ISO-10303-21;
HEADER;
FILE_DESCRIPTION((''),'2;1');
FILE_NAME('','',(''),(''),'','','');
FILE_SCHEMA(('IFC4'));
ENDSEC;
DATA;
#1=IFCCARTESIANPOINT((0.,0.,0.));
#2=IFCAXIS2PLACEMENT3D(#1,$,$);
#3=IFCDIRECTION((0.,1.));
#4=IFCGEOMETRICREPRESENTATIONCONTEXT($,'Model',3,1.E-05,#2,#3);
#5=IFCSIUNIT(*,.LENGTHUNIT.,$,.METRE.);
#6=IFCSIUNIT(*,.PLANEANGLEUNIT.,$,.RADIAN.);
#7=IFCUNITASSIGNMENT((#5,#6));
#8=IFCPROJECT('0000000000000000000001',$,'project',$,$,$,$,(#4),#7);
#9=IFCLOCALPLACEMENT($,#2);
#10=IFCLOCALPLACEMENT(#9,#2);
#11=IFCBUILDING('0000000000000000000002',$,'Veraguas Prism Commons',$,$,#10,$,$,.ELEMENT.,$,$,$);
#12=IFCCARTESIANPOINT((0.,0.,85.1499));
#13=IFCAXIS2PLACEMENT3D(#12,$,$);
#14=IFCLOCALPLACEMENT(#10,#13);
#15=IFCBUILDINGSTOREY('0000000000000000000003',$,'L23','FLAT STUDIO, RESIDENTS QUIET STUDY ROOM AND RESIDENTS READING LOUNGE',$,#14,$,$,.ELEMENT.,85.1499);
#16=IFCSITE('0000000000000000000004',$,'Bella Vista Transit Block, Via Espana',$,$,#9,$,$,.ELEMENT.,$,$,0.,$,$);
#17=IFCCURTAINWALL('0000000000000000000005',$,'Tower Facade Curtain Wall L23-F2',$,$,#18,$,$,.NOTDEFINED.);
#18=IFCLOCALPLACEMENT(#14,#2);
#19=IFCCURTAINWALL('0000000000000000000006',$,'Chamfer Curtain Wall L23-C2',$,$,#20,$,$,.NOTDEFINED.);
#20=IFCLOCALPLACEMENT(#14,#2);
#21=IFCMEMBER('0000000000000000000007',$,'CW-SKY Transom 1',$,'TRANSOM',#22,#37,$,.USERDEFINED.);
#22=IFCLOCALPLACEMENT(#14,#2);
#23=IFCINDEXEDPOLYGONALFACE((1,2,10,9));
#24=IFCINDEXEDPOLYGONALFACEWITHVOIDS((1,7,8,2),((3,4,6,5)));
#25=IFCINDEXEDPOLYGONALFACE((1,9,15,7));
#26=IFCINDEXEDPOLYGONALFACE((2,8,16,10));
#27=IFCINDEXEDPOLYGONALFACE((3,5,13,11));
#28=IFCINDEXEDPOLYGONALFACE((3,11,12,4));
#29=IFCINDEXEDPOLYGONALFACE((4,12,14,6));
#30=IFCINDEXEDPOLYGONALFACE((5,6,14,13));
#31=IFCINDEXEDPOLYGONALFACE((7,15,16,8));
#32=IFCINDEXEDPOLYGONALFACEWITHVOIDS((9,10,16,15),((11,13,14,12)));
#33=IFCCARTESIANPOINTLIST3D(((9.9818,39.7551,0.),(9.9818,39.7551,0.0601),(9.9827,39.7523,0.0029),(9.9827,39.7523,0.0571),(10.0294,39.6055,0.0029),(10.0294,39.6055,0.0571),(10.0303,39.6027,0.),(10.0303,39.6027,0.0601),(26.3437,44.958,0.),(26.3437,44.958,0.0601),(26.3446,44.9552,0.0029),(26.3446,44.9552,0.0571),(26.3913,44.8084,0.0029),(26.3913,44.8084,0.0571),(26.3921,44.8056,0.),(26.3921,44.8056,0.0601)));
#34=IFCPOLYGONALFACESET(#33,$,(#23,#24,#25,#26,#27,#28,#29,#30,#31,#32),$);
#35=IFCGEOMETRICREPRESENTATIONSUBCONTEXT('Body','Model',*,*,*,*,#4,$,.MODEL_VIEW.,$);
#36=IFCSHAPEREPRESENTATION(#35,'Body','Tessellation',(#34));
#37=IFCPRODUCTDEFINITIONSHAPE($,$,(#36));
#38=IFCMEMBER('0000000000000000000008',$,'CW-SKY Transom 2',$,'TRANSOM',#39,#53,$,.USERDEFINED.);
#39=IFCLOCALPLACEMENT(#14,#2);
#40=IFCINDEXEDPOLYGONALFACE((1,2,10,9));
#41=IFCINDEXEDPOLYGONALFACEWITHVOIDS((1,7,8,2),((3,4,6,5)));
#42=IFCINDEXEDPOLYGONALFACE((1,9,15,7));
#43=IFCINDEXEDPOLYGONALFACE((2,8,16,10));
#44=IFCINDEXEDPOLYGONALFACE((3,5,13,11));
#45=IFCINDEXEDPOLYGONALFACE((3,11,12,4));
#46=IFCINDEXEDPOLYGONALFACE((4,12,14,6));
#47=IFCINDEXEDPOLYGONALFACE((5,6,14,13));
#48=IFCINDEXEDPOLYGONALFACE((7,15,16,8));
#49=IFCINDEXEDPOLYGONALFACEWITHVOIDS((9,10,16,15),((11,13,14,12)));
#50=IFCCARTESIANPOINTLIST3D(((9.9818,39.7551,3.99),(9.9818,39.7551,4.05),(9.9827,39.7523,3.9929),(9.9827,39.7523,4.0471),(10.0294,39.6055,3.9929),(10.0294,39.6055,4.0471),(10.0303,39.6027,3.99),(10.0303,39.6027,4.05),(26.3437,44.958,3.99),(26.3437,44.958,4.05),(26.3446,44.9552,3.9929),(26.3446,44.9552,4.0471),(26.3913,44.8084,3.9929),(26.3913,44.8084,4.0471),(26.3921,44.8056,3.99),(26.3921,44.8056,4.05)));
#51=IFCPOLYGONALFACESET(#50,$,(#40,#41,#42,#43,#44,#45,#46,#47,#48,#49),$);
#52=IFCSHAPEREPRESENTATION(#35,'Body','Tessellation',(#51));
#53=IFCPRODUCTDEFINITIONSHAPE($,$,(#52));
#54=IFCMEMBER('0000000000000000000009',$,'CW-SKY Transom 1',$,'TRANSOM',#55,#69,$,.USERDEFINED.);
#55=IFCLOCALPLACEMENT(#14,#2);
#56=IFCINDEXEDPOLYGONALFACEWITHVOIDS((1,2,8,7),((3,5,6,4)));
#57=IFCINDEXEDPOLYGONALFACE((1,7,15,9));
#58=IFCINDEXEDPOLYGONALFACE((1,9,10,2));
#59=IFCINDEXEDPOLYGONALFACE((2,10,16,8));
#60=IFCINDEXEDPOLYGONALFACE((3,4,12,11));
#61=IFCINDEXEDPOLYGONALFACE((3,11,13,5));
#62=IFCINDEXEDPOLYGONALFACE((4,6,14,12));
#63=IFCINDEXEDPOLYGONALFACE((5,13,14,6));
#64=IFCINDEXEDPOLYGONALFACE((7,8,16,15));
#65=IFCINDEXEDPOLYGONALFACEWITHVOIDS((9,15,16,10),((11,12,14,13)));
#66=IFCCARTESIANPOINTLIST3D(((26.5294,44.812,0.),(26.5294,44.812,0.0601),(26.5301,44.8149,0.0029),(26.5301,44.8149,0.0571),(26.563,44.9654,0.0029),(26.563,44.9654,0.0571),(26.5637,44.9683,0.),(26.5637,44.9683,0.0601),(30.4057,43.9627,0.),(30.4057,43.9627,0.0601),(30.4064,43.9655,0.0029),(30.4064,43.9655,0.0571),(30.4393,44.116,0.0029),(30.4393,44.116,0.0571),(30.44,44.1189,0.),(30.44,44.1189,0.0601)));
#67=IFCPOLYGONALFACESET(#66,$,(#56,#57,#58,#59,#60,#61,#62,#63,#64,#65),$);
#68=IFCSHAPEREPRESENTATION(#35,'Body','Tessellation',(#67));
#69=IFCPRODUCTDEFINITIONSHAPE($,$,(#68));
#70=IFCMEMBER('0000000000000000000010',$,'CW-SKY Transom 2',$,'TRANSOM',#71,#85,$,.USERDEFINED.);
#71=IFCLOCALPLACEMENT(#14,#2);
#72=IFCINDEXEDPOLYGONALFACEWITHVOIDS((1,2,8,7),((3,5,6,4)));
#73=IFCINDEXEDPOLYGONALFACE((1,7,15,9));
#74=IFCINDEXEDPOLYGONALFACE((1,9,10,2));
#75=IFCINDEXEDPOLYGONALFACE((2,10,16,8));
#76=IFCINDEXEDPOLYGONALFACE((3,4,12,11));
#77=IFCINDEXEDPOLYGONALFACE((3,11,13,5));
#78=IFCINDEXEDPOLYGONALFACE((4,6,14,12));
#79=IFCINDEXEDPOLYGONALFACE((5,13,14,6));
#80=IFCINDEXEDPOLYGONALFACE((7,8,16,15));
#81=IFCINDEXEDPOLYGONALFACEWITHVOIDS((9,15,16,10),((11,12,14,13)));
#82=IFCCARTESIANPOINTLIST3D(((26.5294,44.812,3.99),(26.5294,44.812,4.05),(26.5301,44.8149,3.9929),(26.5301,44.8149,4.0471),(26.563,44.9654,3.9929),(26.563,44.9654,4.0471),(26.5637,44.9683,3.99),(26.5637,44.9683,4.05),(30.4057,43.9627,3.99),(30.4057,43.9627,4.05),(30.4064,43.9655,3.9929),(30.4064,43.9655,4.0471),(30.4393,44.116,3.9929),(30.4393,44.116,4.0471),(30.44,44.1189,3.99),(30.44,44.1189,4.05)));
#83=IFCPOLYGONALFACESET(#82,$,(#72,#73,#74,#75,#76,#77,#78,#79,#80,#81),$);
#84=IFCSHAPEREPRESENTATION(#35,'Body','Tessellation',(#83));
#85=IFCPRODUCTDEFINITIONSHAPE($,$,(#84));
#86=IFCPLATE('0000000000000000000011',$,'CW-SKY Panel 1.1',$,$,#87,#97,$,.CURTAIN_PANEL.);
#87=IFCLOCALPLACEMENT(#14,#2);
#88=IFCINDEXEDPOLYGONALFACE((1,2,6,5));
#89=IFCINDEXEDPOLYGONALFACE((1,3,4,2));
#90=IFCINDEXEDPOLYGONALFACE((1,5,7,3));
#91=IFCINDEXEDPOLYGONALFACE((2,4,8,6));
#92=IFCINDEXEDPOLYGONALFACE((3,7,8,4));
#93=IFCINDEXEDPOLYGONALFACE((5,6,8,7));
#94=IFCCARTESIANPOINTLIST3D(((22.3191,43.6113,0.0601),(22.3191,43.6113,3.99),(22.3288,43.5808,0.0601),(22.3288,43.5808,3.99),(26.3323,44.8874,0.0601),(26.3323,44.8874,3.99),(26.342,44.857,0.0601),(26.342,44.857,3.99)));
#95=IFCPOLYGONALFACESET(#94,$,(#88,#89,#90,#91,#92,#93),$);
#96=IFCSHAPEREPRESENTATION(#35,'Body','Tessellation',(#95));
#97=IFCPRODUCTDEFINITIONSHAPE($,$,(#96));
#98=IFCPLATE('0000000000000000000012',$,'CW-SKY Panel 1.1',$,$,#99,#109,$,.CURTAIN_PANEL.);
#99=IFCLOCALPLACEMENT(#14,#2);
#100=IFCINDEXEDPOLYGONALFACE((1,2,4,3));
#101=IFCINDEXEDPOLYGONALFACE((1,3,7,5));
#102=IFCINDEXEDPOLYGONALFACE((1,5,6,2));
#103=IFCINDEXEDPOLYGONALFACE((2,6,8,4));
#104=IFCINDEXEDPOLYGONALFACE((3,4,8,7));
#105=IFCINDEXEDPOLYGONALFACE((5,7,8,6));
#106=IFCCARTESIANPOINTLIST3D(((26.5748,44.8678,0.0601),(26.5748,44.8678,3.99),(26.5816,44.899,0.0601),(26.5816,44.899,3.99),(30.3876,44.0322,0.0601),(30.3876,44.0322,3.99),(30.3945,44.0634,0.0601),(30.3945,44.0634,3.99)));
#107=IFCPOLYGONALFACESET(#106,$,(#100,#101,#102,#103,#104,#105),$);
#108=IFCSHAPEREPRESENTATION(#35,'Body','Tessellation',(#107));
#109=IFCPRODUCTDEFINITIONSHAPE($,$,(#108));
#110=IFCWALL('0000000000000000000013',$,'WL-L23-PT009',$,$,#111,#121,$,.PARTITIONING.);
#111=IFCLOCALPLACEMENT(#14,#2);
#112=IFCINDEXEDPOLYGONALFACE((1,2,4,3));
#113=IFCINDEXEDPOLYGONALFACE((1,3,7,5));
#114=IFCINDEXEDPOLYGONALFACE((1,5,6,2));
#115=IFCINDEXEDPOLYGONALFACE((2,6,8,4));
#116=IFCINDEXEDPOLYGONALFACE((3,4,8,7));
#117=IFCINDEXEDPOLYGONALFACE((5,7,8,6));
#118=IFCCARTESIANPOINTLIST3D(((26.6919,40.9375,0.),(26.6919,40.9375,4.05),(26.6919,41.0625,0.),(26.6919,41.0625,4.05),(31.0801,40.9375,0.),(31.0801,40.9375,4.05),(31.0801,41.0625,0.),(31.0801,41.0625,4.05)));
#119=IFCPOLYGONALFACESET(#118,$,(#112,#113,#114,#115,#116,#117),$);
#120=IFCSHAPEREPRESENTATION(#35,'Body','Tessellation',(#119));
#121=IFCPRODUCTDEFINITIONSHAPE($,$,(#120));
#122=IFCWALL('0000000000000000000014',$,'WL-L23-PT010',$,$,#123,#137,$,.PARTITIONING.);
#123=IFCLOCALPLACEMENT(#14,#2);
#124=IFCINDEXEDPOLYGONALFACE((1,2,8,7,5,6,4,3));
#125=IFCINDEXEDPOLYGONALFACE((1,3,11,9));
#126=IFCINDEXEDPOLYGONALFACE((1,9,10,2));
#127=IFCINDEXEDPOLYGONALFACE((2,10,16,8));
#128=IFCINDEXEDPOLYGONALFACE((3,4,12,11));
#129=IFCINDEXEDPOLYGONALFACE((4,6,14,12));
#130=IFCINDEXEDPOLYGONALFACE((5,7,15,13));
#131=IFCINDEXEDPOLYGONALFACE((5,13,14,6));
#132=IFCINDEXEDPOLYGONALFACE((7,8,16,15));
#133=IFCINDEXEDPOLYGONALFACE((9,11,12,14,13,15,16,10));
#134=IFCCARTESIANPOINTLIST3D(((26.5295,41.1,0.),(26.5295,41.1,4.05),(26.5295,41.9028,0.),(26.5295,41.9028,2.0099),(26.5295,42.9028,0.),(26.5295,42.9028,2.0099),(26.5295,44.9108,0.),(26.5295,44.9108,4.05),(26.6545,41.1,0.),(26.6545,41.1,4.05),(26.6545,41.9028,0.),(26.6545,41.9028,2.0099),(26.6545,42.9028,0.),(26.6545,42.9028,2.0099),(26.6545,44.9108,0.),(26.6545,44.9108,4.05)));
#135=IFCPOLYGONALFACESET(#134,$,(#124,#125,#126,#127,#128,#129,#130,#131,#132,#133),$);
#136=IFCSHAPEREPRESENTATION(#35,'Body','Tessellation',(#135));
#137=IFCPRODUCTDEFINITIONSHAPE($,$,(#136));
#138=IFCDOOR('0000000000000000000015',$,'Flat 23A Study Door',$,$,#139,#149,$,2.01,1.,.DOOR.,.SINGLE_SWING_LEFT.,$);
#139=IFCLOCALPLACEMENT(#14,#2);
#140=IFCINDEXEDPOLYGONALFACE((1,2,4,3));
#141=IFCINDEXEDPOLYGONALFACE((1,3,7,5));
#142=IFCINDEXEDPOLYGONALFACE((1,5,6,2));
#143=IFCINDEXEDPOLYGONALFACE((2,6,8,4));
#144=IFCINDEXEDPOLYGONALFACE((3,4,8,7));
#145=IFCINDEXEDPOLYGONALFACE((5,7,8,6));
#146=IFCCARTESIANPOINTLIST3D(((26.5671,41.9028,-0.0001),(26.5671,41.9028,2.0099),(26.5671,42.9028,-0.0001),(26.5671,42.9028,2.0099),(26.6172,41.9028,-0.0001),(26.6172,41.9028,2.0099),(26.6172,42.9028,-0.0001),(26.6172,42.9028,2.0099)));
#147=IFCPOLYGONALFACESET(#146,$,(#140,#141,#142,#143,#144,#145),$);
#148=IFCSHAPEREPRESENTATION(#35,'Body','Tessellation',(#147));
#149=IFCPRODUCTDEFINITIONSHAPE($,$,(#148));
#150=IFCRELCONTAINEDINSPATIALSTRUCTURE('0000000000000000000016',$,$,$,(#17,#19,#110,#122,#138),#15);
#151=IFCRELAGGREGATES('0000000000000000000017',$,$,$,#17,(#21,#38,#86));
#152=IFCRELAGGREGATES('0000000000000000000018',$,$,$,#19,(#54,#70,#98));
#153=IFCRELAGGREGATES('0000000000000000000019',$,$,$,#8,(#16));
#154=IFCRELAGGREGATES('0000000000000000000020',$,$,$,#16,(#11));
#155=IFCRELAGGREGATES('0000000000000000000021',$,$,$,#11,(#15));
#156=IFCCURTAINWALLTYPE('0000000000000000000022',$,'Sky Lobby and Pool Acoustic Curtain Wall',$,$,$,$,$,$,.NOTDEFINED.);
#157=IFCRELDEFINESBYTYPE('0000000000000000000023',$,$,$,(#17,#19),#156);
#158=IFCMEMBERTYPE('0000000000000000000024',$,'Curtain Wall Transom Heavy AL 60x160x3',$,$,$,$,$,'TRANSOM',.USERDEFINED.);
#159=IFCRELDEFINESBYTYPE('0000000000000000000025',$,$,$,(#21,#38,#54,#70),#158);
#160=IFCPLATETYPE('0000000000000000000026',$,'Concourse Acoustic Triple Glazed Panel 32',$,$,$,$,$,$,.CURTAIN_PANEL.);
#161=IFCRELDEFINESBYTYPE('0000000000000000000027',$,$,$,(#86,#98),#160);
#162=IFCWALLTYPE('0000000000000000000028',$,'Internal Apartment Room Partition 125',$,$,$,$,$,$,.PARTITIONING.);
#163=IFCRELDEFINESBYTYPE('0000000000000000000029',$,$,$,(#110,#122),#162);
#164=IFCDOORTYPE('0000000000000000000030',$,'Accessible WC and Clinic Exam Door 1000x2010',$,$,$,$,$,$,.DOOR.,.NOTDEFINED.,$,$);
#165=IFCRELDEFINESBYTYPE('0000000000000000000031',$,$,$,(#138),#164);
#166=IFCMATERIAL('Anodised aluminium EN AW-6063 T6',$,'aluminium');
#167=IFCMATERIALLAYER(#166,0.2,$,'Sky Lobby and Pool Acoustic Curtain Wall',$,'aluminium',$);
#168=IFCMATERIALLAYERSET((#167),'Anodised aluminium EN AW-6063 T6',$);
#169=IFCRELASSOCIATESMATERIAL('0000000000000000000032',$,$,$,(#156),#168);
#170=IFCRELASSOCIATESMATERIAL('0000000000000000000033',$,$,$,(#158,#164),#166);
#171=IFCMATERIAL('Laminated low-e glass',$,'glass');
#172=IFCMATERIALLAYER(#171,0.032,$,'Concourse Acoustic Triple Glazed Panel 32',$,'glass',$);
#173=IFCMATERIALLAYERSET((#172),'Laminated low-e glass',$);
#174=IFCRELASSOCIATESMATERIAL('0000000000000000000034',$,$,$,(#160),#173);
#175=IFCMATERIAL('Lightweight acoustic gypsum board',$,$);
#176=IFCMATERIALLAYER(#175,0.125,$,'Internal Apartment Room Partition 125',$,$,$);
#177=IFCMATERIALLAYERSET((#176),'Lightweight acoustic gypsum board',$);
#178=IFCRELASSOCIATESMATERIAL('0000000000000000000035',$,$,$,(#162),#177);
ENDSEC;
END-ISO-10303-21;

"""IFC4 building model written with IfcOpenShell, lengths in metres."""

from ifc_helpers import new_model, si_unit, direction, frame, frame_2d, origin, origin_2d, place, context, subcontext, project, spatial, rectangle, hollow_rectangle, extrude, source, transform, mapped, material, layer, layer_set, material_profile, profile_set, type_object, element, fill, aggregate, save


model = new_model("IFC4")

# Units and contexts
model_context = context("Model", 3, precision=1e-05, world=origin(), true_north=direction((0.0, 1.0)))
body_context = subcontext(model_context, "Body", "Model", "MODEL_VIEW")
ifc_project = project(units=[si_unit("LENGTHUNIT", "METRE"), si_unit("PLANEANGLEUNIT", "RADIAN")], contexts=[model_context])

# Site, building, storey
site_placement = place(None, origin())
site = spatial("IfcSite", under=ifc_project, at=site_placement, Name="Bella Vista Transit Block, Via Espana", CompositionType="ELEMENT", RefElevation=0.0)
building_placement = place(site_placement, origin())
building = spatial("IfcBuilding", under=site, at=building_placement, Name="Veraguas Prism Commons", CompositionType="ELEMENT")
storey_placement = place(building_placement, frame((0.0, 0.0, 85.1499)))
storey = spatial("IfcBuildingStorey", under=building, at=storey_placement, Name="L23", Description="FLAT STUDIO, RESIDENTS QUIET STUDY ROOM AND RESIDENTS READING LOUNGE", CompositionType="ELEMENT", Elevation=85.1499)

# Shared definitions
ifc_material_1 = material(Name="Anodised aluminium EN AW-6063 T6", Category="aluminium")
ifc_layer_1 = layer(ifc_material_1, 0.2, Name="Sky Lobby and Pool Acoustic Curtain Wall", Category="aluminium")
ifc_layer_set_1 = layer_set([ifc_layer_1], Name="Anodised aluminium EN AW-6063 T6")
curtain_wall_type = type_object("IfcCurtainWallType", Name="Sky Lobby and Pool Acoustic Curtain Wall", PredefinedType="NOTDEFINED", material=ifc_layer_set_1)

# Curtain walls
curtain_wall_1_placement = place(storey_placement, origin())
curtain_wall_1 = element("IfcCurtainWall", 1, at=curtain_wall_1_placement, inside=storey, type_object=curtain_wall_type, Name="Tower Facade Curtain Wall L23-F2", PredefinedType="NOTDEFINED")
curtain_wall_2_placement = place(storey_placement, origin())
curtain_wall_2 = element("IfcCurtainWall", 2, at=curtain_wall_2_placement, inside=storey, type_object=curtain_wall_type, Name="Chamfer Curtain Wall L23-C2", PredefinedType="NOTDEFINED")

# Members
ifc_material_profile_1 = material_profile(ifc_material_1, hollow_rectangle(XDim=0.0601, YDim=0.1599, WallThickness=0.0029, at=origin_2d()), Name="AL60X160X3")
ifc_profile_set_1 = profile_set([ifc_material_profile_1], Name="Anodised aluminium EN AW-6063 T6")
member_type_1 = type_object("IfcMemberType", Name="Curtain Wall Transom Heavy AL 60x160x3", ElementType="TRANSOM", PredefinedType="USERDEFINED", material=ifc_profile_set_1)
shared_shape_1 = source(origin(), body_context, "Body", "SweptSolid", [
    extrude(hollow_rectangle(XDim=0.0601, YDim=0.1599, WallThickness=0.0029, at=origin_2d()), origin(), (0.0, 0.0, 1.0), 17.1692),
])
member_1_placement = place(storey_placement, frame((26.3679, 44.8818, 0.03), z_axis=(-0.952979, -0.303037, 0.0), x_axis=(0.0, 0.0, 1.0)))
member_1 = element("IfcMember", 3, at=member_1_placement, type_object=member_type_1, Name="CW-SKY Transom 1", ObjectType="TRANSOM", PredefinedType="USERDEFINED", context=body_context, shape_type="MappedRepresentation", body=[
    mapped(shared_shape_1, transform((0.0, 0.0, 0.0), scale=1.0)),
])
member_2_placement = place(storey_placement, frame((26.3679, 44.8818, 4.02), z_axis=(-0.952979, -0.303037, 0.0), x_axis=(0.0, 0.0, 1.0)))
member_2 = element("IfcMember", 4, at=member_2_placement, type_object=member_type_1, Name="CW-SKY Transom 2", ObjectType="TRANSOM", PredefinedType="USERDEFINED", context=body_context, shape_type="MappedRepresentation", body=[
    mapped(shared_shape_1, transform((0.0, 0.0, 0.0), scale=1.0)),
])
shared_shape_2 = source(origin(), body_context, "Body", "SweptSolid", [
    extrude(hollow_rectangle(XDim=0.0601, YDim=0.1599, WallThickness=0.0029, at=origin_2d()), origin(), (0.0, 0.0, 1.0), 3.9683),
])
member_3_placement = place(storey_placement, frame((30.4229, 44.0408, 0.03), z_axis=(-0.976824, 0.214044, 0.0), x_axis=(0.0, 0.0, 1.0)))
member_3 = element("IfcMember", 5, at=member_3_placement, type_object=member_type_1, Name="CW-SKY Transom 1", ObjectType="TRANSOM", PredefinedType="USERDEFINED", context=body_context, shape_type="MappedRepresentation", body=[
    mapped(shared_shape_2, transform((0.0, 0.0, 0.0), scale=1.0)),
])
member_4_placement = place(storey_placement, frame((30.4229, 44.0408, 4.02), z_axis=(-0.976824, 0.214044, 0.0), x_axis=(0.0, 0.0, 1.0)))
member_4 = element("IfcMember", 6, at=member_4_placement, type_object=member_type_1, Name="CW-SKY Transom 2", ObjectType="TRANSOM", PredefinedType="USERDEFINED", context=body_context, shape_type="MappedRepresentation", body=[
    mapped(shared_shape_2, transform((0.0, 0.0, 0.0), scale=1.0)),
])

# Plates
ifc_material_2 = material(Name="Laminated low-e glass", Category="glass")
ifc_layer_2 = layer(ifc_material_2, 0.032, Name="Concourse Acoustic Triple Glazed Panel 32", Category="glass")
ifc_layer_set_2 = layer_set([ifc_layer_2], Name="Laminated low-e glass")
plate_type = type_object("IfcPlateType", Name="Concourse Acoustic Triple Glazed Panel 32", PredefinedType="CURTAIN_PANEL", material=ifc_layer_set_2)
shared_shape_3 = source(origin(), body_context, "Body", "SweptSolid", [
    extrude(rectangle(XDim=4.2112, YDim=0.032, at=origin_2d()), origin(), (0.0, 0.0, 1.0), 3.9299),
])
plate_1_placement = place(storey_placement, frame((24.3306, 44.2341, 0.0601), z_axis=(0.0, 0.0, 1.0), x_axis=(-0.952979, -0.303035, 0.0)))
plate_1 = element("IfcPlate", 7, at=plate_1_placement, type_object=plate_type, Name="CW-SKY Panel 1.1", PredefinedType="CURTAIN_PANEL", context=body_context, shape_type="MappedRepresentation", body=[
    mapped(shared_shape_3, transform((0.0, 0.0, 0.0), scale=1.0)),
])
aggregate(curtain_wall_1, [member_1, member_2, plate_1])
shared_shape_4 = source(origin(), body_context, "Body", "SweptSolid", [
    extrude(rectangle(XDim=3.9033, YDim=0.032, at=origin_2d()), origin(), (0.0, 0.0, 1.0), 3.9299),
])
plate_2_placement = place(storey_placement, frame((28.4846, 44.4656, 0.0601), z_axis=(0.0, 0.0, 1.0), x_axis=(-0.976817, 0.214074, 0.0)))
plate_2 = element("IfcPlate", 8, at=plate_2_placement, type_object=plate_type, Name="CW-SKY Panel 1.1", PredefinedType="CURTAIN_PANEL", context=body_context, shape_type="MappedRepresentation", body=[
    mapped(shared_shape_4, transform((0.0, 0.0, 0.0), scale=1.0)),
])
aggregate(curtain_wall_2, [member_3, member_4, plate_2])

# Wall
ifc_material_3 = material(Name="Lightweight acoustic gypsum board")
ifc_layer_3 = layer(ifc_material_3, 0.125, Name="Internal Apartment Room Partition 125")
ifc_layer_set_3 = layer_set([ifc_layer_3], Name="Lightweight acoustic gypsum board")
wall_type = type_object("IfcWallType", Name="Internal Apartment Room Partition 125", PredefinedType="PARTITIONING", material=ifc_layer_set_3)
wall_1_placement = place(storey_placement, frame((26.6919, 41.0, 0.0), z_axis=(0.0, 0.0, 1.0), x_axis=(1.0, 0.0, 0.0)))
element("IfcWall", 9, at=wall_1_placement, inside=storey, type_object=wall_type, Name="WL-L23-PT009", PredefinedType="PARTITIONING", context=body_context, shape_type="SweptSolid", body=[
    extrude(rectangle(XDim=4.3882, YDim=0.125, at=frame_2d((2.1941, 0.0))), origin(), (0.0, 0.0, 1.0), 4.05),
])

# Wall, opening, door
wall_2_placement = place(storey_placement, frame((26.592, 41.1001, 0.0), z_axis=(0.0, 0.0, 1.0), x_axis=(0.0, 1.0, 0.0)))
wall_2 = element("IfcWall", 10, at=wall_2_placement, inside=storey, type_object=wall_type, Name="WL-L23-PT010", PredefinedType="PARTITIONING", context=body_context, shape_type="SweptSolid", body=[
    extrude(rectangle(XDim=3.8108, YDim=0.125, at=frame_2d((1.9053, 0.0))), origin(), (0.0, 0.0, 1.0), 4.05),
])
opening_placement = place(wall_2_placement, frame((0.8027, 0.0, 0.0)))
opening = element("IfcOpeningElement", 11, at=opening_placement, cuts=wall_2, PredefinedType="OPENING", context=body_context, shape_type="SweptSolid", body=[
    extrude(rectangle(XDim=1.0, YDim=2.01, at=frame_2d((0.5, 1.0049))), frame((0.0, 0.0725, 0.0), z_axis=(0.0, -1.0, 0.0), x_axis=(1.0, 0.0, 0.0)), (0.0, 0.0, 1.0), 0.145),
])
door_type = type_object("IfcDoorType", Name="Accessible WC and Clinic Exam Door 1000x2010", OperationType="NOTDEFINED", PredefinedType="DOOR", material=ifc_material_1)
shared_shape_5 = source(origin(), body_context, "Body", "SweptSolid", [
    extrude(rectangle(XDim=1.0, YDim=2.01, at=frame_2d((0.5, 1.0049))), frame((0.0, 0.0249, 0.0), z_axis=(0.0, -1.0, 0.0), x_axis=(1.0, 0.0, 0.0)), (0.0, 0.0, 1.0), 0.05),
])
door_placement = place(opening_placement, origin())
door = element("IfcDoor", 12, at=door_placement, inside=storey, type_object=door_type, Name="Flat 23A Study Door", OperationType="SINGLE_SWING_LEFT", OverallHeight=2.01, OverallWidth=1.0, PredefinedType="DOOR", context=body_context, shape_type="MappedRepresentation", body=[
    mapped(shared_shape_5, transform((0.0, 0.0, 0.0), scale=1.0)),
])
fill(opening, door)

save(model, "model.ifc")
